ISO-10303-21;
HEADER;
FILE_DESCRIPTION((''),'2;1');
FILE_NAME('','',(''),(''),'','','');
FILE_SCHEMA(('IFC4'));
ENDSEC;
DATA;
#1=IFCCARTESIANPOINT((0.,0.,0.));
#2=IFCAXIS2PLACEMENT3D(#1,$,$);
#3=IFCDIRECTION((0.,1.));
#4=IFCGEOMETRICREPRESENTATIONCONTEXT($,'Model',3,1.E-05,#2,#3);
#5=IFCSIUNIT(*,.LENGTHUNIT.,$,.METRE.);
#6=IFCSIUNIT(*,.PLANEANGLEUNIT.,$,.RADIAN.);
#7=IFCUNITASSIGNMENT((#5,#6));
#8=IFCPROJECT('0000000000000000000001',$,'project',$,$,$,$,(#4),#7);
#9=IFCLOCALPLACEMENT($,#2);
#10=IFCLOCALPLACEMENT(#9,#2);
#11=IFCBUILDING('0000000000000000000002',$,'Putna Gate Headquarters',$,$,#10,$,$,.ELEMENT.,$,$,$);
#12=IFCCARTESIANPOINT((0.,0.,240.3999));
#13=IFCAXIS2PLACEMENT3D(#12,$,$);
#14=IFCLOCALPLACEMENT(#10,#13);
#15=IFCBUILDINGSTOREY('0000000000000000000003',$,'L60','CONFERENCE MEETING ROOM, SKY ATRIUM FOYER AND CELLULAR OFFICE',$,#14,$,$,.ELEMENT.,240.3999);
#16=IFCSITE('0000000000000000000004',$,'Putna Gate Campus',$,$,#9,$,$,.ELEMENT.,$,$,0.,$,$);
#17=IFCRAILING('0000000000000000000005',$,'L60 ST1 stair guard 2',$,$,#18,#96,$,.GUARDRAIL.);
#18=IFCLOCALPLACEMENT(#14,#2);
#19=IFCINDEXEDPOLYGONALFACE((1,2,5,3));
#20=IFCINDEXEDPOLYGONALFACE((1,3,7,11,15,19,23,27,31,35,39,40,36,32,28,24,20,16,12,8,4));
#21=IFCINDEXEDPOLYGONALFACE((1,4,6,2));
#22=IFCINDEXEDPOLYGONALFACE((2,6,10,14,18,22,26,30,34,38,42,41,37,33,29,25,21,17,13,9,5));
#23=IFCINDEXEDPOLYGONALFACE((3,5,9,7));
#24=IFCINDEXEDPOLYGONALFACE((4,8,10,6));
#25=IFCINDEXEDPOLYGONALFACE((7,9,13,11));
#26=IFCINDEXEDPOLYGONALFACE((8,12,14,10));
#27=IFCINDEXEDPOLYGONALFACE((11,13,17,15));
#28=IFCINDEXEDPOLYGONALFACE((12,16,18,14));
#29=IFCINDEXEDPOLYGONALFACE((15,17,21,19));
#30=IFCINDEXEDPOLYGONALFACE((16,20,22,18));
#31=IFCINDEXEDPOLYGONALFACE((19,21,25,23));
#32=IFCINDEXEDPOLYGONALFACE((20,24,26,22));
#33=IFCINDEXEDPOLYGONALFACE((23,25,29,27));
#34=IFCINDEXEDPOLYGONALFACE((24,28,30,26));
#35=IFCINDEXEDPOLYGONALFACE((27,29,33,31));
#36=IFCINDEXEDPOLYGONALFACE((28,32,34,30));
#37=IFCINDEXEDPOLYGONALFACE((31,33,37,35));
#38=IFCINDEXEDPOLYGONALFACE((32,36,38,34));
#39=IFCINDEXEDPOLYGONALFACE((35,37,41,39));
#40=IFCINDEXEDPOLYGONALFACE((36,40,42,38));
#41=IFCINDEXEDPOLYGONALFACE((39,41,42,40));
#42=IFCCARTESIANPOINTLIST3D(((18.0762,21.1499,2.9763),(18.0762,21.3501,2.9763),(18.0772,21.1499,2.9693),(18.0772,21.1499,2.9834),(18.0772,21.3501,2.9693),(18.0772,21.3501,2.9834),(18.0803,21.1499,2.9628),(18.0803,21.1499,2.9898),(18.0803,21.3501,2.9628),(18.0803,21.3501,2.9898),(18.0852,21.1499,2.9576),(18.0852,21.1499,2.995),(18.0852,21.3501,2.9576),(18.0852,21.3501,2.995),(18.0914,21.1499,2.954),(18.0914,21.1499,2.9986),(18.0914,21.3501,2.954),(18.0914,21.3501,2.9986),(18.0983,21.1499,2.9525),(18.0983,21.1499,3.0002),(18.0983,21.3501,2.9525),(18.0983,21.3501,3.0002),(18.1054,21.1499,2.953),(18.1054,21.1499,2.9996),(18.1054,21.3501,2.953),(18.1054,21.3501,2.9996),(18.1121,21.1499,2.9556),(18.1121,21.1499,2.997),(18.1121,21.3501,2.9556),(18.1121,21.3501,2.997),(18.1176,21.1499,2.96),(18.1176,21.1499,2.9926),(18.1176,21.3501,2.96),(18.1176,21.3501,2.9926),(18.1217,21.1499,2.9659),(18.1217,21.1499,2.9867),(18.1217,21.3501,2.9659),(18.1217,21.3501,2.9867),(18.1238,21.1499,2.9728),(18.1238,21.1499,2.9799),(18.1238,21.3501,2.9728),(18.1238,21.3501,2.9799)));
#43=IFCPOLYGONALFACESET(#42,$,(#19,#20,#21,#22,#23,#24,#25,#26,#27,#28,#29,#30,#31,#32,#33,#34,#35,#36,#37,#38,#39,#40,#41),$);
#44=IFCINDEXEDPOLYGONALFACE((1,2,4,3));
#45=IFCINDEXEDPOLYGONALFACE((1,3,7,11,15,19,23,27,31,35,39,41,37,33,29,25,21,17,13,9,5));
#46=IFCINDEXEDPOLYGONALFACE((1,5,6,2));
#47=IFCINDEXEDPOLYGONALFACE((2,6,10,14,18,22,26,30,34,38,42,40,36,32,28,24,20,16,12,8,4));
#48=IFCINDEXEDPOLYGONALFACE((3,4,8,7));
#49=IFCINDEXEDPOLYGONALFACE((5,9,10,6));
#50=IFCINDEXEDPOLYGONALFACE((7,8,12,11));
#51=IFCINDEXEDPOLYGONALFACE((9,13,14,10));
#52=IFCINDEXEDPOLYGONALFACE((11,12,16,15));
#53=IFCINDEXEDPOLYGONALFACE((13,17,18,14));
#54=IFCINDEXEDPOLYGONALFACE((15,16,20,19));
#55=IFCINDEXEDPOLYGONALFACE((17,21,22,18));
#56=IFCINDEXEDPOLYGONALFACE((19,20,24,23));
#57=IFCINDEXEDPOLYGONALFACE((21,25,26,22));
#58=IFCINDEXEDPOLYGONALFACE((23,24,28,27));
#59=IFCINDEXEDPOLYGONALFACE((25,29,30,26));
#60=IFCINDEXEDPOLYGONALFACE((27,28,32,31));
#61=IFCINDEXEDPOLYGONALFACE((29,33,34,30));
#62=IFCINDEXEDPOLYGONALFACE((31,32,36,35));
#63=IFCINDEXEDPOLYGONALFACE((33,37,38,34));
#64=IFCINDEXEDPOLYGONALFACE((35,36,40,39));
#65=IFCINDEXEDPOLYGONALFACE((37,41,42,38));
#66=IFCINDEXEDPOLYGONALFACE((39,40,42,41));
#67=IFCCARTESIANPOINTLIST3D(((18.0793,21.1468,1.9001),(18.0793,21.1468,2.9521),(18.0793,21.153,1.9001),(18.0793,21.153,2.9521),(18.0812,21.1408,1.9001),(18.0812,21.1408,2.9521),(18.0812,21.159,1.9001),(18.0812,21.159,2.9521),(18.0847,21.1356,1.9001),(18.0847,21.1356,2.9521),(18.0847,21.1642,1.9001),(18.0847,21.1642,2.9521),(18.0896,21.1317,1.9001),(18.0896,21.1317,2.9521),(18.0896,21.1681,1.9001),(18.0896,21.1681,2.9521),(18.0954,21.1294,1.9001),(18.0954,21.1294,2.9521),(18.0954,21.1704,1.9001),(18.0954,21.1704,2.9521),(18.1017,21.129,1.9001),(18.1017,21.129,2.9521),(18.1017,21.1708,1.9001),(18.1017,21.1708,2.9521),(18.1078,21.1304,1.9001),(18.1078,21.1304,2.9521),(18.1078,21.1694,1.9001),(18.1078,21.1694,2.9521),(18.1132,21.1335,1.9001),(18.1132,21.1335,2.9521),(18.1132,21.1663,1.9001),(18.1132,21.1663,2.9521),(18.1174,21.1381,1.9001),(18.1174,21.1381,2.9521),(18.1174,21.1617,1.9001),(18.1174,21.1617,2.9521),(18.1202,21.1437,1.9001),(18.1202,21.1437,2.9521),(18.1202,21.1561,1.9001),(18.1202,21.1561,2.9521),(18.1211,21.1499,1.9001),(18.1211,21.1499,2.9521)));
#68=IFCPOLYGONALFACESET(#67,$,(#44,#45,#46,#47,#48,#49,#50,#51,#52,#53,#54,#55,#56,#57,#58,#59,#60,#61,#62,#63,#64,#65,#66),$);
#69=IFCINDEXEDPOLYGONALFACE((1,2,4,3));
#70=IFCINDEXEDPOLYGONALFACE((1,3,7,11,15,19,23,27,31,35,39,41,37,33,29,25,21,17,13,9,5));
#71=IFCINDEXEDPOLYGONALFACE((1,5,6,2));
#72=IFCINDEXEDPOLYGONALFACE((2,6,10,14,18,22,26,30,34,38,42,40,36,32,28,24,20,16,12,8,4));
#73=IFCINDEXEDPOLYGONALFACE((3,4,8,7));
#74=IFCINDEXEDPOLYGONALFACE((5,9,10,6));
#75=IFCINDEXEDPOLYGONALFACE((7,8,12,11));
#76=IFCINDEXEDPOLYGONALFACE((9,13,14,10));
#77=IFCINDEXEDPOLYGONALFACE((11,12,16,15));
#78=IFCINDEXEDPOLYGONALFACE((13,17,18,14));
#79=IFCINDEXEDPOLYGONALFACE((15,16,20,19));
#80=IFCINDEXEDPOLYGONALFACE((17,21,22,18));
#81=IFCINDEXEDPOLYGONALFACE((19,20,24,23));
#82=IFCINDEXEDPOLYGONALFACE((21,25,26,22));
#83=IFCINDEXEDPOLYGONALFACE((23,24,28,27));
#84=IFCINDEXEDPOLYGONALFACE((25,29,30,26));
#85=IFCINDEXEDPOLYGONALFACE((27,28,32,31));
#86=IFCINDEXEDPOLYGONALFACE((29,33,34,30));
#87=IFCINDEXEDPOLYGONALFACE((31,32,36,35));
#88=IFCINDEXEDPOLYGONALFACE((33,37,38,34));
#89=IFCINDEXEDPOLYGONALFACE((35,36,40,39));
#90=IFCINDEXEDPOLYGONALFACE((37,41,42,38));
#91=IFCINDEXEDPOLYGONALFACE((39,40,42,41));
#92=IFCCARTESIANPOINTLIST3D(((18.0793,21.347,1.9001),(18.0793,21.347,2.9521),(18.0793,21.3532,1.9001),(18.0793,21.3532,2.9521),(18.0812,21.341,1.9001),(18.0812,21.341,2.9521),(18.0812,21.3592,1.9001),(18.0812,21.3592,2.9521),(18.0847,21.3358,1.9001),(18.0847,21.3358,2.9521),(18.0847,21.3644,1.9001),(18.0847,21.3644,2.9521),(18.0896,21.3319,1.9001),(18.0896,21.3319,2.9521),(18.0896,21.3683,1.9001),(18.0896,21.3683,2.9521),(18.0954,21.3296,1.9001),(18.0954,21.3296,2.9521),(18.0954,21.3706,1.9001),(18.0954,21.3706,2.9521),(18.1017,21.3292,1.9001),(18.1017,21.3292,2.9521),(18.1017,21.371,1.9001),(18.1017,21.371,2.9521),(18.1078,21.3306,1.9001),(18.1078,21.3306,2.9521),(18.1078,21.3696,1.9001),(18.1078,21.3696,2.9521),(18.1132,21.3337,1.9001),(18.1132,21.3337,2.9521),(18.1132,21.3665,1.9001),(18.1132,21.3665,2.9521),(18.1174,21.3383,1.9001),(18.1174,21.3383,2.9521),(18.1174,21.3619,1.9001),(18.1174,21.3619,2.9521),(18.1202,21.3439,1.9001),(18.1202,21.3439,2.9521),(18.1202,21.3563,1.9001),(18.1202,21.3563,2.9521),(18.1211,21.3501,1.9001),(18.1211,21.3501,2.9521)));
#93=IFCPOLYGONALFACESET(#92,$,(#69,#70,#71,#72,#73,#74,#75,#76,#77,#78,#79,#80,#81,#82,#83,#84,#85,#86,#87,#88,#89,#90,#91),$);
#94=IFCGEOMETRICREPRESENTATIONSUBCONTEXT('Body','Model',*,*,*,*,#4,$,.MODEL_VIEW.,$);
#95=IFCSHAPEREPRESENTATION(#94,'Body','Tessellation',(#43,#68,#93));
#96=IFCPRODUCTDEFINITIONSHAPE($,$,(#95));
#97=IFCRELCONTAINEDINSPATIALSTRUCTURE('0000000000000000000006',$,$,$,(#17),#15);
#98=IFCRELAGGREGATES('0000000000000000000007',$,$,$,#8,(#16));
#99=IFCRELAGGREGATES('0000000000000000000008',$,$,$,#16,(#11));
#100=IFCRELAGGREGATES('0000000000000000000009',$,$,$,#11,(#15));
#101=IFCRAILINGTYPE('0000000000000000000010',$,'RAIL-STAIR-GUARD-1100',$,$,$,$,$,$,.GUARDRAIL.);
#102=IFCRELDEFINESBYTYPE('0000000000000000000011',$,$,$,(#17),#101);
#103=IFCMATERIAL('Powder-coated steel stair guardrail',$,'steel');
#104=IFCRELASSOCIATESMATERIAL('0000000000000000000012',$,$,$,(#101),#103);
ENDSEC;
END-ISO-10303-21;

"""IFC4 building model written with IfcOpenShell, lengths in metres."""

from ifc_helpers import new_model, si_unit, direction, frame, origin, origin_2d, place, context, subcontext, project, spatial, circle, extrude, material, type_object, element, save


model = new_model("IFC4")

# Units and contexts
model_context = context("Model", 3, precision=1e-05, world=origin(), true_north=direction((0.0, 1.0)))
body_context = subcontext(model_context, "Body", "Model", "MODEL_VIEW")
ifc_project = project(units=[si_unit("LENGTHUNIT", "METRE"), si_unit("PLANEANGLEUNIT", "RADIAN")], contexts=[model_context])

# Site, building, storey
site_placement = place(None, origin())
site = spatial("IfcSite", under=ifc_project, at=site_placement, Name="Putna Gate Campus", CompositionType="ELEMENT", RefElevation=0.0)
building_placement = place(site_placement, origin())
building = spatial("IfcBuilding", under=site, at=building_placement, Name="Putna Gate Headquarters", CompositionType="ELEMENT")
storey_placement = place(building_placement, frame((0.0, 0.0, 240.3999)))
storey = spatial("IfcBuildingStorey", under=building, at=storey_placement, Name="L60", Description="CONFERENCE MEETING ROOM, SKY ATRIUM FOYER AND CELLULAR OFFICE", CompositionType="ELEMENT", Elevation=240.3999)

# Railing
ifc_material_1 = material(Name="Powder-coated steel stair guardrail", Category="steel")
railing_type_1 = type_object("IfcRailingType", Name="RAIL-STAIR-GUARD-1100", PredefinedType="GUARDRAIL", material=ifc_material_1)
railing_1_placement = place(storey_placement, frame((18.1001, 21.1499, 1.9001)))
element("IfcRailing", 1, at=railing_1_placement, inside=storey, type_object=railing_type_1, Name="L60 ST1 stair guard 2", PredefinedType="GUARDRAIL", context=body_context, shape_type="SweptSolid", body=[
    extrude(circle(Radius=0.0239, at=origin_2d()), frame((0.0, 0.0, 1.0762), z_axis=(0.0, 1.0, 0.0), x_axis=(-1.0, 0.0, 0.0)), (0.0, 0.0, 1.0), 0.2002),
    extrude(circle(Radius=0.021, at=origin_2d()), origin(), (0.0, 0.0, 1.0), 1.052),
    extrude(circle(Radius=0.021, at=origin_2d()), frame((0.0, 0.2002, 0.0)), (0.0, 0.0, 1.0), 1.052),
])

save(model, "model.ifc")
